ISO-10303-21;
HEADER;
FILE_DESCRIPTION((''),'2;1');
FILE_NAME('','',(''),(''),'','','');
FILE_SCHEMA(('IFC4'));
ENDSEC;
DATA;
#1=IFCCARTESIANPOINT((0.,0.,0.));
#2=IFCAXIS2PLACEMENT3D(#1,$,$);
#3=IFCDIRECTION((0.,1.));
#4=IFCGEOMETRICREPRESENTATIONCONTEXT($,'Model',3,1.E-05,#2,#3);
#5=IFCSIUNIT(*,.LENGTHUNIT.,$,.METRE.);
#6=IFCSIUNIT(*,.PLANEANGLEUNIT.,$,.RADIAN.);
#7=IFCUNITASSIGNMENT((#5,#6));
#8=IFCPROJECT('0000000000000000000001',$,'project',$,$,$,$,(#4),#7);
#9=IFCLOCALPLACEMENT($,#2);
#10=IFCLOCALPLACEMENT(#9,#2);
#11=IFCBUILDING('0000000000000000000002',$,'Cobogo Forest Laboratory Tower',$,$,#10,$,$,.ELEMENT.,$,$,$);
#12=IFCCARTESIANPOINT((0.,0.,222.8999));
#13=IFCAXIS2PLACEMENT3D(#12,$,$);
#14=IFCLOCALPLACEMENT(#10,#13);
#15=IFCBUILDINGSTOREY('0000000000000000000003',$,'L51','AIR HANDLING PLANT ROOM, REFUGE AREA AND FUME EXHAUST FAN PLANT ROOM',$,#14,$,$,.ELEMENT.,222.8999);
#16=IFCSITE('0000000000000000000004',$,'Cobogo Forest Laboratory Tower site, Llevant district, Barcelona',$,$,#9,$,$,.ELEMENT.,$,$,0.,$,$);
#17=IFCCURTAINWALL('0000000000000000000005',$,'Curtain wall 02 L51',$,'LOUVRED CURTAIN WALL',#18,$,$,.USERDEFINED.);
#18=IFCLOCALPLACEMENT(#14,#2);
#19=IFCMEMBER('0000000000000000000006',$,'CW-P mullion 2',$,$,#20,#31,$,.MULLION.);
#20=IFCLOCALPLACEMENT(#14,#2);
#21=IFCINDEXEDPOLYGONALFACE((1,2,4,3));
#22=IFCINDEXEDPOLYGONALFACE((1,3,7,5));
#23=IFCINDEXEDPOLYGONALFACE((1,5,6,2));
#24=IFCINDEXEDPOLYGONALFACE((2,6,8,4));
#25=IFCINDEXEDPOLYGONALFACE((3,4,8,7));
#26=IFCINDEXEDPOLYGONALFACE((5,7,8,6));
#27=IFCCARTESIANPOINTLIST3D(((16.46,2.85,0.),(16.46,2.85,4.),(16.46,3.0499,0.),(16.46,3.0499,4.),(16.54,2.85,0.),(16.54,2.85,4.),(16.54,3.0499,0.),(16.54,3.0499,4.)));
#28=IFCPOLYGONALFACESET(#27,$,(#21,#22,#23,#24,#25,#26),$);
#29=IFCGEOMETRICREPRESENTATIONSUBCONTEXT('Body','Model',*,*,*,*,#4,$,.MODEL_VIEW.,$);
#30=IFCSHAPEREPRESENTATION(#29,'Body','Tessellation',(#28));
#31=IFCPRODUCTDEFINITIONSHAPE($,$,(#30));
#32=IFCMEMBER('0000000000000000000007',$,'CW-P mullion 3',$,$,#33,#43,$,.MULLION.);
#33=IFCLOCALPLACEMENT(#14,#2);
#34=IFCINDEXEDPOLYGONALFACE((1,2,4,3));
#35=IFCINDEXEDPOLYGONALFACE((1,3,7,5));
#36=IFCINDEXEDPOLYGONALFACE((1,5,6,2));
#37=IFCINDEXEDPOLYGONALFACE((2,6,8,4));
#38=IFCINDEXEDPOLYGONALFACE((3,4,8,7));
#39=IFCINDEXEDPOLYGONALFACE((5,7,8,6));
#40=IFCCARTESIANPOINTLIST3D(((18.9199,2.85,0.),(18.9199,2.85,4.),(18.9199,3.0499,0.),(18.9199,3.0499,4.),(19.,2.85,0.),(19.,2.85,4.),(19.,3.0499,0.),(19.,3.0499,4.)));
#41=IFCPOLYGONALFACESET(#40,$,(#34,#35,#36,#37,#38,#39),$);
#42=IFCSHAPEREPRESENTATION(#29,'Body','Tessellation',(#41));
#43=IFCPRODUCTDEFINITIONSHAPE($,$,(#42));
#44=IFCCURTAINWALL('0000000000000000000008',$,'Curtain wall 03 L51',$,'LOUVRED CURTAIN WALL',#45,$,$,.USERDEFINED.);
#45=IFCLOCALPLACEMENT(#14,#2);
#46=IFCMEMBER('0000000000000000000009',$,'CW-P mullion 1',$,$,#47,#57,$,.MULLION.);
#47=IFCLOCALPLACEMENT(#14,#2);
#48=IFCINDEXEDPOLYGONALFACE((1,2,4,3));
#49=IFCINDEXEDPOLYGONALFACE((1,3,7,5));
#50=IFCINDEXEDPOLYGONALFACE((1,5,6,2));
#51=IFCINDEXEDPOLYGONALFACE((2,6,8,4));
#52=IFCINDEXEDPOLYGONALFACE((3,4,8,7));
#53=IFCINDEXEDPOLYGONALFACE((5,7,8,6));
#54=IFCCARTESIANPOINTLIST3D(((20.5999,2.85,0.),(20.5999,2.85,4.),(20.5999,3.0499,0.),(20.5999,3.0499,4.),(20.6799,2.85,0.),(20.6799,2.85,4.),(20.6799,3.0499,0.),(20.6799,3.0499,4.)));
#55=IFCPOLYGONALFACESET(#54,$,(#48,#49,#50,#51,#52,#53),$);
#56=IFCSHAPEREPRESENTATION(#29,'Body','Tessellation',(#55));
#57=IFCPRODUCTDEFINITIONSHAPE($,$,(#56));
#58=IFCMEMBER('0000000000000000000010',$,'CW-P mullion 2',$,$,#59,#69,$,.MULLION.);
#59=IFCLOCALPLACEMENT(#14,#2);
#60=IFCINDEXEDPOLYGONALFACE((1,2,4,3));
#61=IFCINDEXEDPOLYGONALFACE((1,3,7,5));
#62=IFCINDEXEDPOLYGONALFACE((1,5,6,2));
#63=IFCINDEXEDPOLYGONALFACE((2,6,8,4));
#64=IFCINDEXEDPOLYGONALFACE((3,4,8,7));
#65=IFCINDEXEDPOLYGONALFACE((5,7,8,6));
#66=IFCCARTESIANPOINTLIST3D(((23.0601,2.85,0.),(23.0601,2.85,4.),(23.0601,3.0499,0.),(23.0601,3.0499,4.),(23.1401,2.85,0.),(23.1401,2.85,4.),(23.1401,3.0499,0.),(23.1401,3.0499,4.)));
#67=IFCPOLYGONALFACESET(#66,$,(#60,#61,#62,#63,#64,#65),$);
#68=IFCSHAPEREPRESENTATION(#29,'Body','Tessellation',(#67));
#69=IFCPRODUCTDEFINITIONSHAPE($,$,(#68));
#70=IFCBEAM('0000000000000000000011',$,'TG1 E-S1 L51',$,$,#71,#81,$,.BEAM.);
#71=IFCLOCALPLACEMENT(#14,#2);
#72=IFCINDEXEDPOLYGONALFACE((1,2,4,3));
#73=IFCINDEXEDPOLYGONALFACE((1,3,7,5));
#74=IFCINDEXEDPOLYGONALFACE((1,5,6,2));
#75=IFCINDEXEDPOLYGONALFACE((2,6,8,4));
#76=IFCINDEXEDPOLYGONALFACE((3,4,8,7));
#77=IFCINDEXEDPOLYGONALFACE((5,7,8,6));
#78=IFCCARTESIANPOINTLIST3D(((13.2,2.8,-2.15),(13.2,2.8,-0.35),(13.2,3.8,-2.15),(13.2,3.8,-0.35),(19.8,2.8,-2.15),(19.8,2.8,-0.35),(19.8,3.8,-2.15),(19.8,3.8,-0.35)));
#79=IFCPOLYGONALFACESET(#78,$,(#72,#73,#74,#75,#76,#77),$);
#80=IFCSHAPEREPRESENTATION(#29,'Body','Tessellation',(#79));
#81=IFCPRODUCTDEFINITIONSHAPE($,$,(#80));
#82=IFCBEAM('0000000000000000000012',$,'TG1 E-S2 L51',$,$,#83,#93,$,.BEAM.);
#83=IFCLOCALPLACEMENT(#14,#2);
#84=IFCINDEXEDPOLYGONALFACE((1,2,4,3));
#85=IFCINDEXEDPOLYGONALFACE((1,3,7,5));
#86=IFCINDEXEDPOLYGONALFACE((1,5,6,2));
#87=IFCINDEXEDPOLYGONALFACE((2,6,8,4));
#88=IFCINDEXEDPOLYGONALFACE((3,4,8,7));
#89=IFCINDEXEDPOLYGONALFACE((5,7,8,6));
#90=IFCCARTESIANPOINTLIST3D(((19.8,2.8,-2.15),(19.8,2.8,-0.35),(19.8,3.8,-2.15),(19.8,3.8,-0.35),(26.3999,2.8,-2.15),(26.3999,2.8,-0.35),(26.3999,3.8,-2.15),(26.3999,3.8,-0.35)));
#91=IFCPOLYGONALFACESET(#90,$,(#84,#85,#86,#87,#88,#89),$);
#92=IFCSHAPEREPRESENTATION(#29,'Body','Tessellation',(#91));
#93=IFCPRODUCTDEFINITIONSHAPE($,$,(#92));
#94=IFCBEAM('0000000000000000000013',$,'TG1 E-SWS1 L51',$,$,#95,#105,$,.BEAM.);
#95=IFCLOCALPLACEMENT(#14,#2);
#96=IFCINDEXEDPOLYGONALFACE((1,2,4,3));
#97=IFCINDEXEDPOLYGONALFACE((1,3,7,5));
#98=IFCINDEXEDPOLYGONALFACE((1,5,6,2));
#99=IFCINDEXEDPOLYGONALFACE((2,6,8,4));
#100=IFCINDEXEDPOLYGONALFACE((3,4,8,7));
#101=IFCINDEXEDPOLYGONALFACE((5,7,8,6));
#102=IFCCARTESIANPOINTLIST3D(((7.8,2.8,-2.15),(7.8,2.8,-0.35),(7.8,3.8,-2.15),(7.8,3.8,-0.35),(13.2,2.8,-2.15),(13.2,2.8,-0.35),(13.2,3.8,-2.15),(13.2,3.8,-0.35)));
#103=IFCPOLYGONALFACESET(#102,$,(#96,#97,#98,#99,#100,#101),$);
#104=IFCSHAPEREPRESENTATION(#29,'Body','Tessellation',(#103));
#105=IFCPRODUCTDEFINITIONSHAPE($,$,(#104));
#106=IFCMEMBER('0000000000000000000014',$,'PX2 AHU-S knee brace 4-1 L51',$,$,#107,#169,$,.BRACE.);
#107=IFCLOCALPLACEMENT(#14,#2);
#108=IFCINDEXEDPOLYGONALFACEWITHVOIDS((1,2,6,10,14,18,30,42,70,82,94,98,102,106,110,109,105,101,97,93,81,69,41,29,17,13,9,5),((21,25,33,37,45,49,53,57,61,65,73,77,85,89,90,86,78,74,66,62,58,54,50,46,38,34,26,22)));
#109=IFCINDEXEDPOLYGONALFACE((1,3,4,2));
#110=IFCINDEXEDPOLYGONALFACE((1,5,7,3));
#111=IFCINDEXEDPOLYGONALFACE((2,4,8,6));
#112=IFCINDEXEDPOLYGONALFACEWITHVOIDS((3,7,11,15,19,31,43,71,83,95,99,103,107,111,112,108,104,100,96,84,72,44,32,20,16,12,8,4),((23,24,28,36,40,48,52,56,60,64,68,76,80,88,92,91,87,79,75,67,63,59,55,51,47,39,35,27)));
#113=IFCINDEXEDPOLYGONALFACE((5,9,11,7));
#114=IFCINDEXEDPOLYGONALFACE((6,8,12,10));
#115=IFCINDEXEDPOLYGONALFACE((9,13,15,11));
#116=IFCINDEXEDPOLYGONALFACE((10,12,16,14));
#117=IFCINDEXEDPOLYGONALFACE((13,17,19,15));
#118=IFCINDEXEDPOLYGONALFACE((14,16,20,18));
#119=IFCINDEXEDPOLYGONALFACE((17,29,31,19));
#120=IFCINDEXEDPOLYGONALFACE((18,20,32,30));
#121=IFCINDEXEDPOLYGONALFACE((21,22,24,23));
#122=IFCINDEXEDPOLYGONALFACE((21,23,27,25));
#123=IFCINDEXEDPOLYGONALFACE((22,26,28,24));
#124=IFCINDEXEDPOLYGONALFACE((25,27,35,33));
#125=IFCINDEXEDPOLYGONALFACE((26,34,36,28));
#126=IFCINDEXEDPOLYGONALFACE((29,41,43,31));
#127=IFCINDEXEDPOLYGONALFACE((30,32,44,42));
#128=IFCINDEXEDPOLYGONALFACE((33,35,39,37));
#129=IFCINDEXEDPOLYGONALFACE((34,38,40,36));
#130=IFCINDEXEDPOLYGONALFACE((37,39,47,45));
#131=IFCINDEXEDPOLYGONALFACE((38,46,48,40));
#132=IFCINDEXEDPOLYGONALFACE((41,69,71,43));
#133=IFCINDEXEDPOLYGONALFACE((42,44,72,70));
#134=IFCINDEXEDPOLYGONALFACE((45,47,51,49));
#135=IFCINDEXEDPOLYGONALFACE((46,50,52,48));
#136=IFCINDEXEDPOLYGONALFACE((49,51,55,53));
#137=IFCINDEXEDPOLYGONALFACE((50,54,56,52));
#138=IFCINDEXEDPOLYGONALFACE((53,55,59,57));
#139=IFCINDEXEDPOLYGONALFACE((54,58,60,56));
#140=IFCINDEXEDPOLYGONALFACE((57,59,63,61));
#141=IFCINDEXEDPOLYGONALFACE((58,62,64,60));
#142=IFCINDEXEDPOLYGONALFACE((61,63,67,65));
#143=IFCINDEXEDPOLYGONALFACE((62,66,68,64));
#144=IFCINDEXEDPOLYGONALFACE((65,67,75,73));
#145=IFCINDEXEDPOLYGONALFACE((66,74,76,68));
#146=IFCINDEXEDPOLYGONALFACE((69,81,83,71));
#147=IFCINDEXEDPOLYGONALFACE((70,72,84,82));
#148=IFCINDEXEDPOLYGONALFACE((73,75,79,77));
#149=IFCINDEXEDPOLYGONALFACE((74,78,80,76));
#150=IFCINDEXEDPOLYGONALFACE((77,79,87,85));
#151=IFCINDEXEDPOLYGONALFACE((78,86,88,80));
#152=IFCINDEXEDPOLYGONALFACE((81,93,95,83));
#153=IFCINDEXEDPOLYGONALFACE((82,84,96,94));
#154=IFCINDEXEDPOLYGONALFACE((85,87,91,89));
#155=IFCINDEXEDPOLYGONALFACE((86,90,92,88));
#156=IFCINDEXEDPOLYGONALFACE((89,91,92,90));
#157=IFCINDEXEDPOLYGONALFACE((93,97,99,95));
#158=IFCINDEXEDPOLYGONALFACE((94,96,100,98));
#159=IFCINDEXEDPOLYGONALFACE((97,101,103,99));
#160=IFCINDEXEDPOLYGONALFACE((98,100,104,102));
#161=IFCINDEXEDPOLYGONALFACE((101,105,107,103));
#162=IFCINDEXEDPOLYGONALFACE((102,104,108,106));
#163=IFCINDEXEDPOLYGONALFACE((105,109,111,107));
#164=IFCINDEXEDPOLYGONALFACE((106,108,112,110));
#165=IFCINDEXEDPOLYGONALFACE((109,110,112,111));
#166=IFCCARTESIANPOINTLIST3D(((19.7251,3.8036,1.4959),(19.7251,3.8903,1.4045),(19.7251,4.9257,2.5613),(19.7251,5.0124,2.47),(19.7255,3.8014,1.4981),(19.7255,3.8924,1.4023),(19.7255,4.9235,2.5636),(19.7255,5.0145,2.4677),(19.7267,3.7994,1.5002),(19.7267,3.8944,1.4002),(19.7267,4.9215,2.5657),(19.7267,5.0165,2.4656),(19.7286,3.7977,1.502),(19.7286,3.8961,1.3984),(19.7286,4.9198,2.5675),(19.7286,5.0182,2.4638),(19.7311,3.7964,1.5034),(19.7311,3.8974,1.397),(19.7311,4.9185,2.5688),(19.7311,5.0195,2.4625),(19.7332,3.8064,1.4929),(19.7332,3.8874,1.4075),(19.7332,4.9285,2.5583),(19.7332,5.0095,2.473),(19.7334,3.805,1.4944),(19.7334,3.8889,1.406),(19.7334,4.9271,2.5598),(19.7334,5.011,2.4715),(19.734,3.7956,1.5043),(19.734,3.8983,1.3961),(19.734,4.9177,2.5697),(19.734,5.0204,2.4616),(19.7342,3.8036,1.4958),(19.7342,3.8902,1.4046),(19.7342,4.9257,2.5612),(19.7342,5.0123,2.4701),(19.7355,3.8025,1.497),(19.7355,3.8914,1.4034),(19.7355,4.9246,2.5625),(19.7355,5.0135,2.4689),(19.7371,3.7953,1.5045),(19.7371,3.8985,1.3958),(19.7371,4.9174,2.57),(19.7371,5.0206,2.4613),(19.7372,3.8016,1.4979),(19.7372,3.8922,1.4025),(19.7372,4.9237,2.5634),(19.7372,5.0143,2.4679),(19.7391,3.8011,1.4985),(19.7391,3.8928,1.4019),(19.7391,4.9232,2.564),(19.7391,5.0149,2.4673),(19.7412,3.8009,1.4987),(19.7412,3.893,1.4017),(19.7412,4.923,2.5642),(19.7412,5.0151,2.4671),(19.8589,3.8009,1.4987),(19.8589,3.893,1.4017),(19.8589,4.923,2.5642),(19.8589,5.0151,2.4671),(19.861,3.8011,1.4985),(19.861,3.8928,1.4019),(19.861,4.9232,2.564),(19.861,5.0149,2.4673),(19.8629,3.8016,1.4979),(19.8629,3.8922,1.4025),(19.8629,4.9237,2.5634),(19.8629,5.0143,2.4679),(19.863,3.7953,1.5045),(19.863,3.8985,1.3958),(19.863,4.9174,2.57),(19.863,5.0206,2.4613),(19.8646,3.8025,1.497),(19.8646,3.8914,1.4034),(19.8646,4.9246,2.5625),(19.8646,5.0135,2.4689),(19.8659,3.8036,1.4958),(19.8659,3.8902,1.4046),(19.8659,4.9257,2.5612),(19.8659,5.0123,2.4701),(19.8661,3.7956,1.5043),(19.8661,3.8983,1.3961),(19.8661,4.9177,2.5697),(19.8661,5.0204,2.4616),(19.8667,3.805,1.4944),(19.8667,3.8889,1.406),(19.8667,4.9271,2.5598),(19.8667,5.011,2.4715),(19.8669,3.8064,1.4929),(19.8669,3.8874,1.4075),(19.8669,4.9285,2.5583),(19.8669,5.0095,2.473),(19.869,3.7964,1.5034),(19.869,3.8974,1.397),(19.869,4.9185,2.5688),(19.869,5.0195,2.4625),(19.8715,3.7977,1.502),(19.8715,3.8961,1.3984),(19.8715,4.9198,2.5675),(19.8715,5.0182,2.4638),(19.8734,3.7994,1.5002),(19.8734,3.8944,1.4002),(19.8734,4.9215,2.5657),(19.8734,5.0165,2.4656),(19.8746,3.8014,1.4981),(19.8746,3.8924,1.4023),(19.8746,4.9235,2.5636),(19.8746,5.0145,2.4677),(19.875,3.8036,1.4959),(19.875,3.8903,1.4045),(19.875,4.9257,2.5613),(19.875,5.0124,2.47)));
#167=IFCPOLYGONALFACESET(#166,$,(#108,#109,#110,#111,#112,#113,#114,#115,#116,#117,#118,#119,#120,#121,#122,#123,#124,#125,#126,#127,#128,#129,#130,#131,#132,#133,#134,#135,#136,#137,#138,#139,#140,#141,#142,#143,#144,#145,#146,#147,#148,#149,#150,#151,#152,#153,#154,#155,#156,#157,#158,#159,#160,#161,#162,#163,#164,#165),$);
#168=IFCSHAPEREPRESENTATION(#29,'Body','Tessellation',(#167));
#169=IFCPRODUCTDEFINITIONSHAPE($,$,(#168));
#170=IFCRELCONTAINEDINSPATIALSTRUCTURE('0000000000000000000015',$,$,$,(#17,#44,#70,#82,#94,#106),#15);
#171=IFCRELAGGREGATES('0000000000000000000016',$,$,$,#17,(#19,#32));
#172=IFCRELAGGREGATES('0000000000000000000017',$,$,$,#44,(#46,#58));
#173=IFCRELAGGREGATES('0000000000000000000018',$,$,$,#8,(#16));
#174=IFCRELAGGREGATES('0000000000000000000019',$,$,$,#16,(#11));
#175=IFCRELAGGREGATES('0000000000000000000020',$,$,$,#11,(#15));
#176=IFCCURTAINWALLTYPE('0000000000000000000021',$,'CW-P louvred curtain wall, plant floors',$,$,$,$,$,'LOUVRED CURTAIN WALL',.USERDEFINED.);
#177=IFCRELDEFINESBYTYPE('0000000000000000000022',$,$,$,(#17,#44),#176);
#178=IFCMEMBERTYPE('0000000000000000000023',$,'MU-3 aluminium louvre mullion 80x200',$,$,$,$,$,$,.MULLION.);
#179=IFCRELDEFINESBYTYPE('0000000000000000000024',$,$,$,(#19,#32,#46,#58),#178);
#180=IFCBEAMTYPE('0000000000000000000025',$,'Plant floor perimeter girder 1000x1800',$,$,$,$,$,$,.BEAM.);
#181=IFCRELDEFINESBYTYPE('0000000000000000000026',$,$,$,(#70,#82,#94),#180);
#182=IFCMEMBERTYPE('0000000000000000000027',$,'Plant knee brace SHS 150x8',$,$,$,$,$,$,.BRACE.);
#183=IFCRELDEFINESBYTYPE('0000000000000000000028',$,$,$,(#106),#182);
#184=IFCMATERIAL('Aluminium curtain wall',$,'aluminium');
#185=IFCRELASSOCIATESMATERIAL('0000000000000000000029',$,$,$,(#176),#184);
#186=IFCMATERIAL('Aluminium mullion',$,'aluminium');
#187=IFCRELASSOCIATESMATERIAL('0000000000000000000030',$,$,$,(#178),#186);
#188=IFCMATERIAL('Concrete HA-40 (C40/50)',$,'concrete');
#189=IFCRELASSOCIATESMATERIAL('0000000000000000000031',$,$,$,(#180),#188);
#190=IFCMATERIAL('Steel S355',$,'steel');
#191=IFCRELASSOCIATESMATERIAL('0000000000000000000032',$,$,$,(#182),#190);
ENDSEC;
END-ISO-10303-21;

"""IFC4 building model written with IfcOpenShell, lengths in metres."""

from ifc_helpers import new_model, si_unit, direction, frame, origin, origin_2d, place, context, subcontext, project, spatial, rectangle, hollow_rectangle, extrude, material, material_profile, profile_set, type_object, element, aggregate, save


model = new_model("IFC4")

# Units and contexts
model_context = context("Model", 3, precision=1e-05, world=origin(), true_north=direction((0.0, 1.0)))
body_context = subcontext(model_context, "Body", "Model", "MODEL_VIEW")
ifc_project = project(units=[si_unit("LENGTHUNIT", "METRE"), si_unit("PLANEANGLEUNIT", "RADIAN")], contexts=[model_context])

# Site, building, storey
site_placement = place(None, origin())
site = spatial("IfcSite", under=ifc_project, at=site_placement, Name="Cobogo Forest Laboratory Tower site, Llevant district, Barcelona", CompositionType="ELEMENT", RefElevation=0.0)
building_placement = place(site_placement, origin())
building = spatial("IfcBuilding", under=site, at=building_placement, Name="Cobogo Forest Laboratory Tower", CompositionType="ELEMENT")
storey_placement = place(building_placement, frame((0.0, 0.0, 222.8999)))
storey = spatial("IfcBuildingStorey", under=building, at=storey_placement, Name="L51", Description="AIR HANDLING PLANT ROOM, REFUGE AREA AND FUME EXHAUST FAN PLANT ROOM", CompositionType="ELEMENT", Elevation=222.8999)

# Shared definitions
ifc_material_1 = material(Name="Aluminium curtain wall", Category="aluminium")
curtain_wall_type = type_object("IfcCurtainWallType", Name="CW-P louvred curtain wall, plant floors", ElementType="LOUVRED CURTAIN WALL", PredefinedType="USERDEFINED", material=ifc_material_1)
ifc_material_2 = material(Name="Aluminium mullion", Category="aluminium")
ifc_material_profile_1 = material_profile(ifc_material_2, rectangle(XDim=0.0801, YDim=0.2, at=origin_2d()), Name="AL 80x200")
ifc_profile_set_1 = profile_set([ifc_material_profile_1], Name="Aluminium mullion")
member_type_1 = type_object("IfcMemberType", Name="MU-3 aluminium louvre mullion 80x200", PredefinedType="MULLION", material=ifc_profile_set_1)

# Curtain walls, members
curtain_wall_1_placement = place(storey_placement, origin())
curtain_wall_1 = element("IfcCurtainWall", 1, at=curtain_wall_1_placement, inside=storey, type_object=curtain_wall_type, Name="Curtain wall 02 L51", ObjectType="LOUVRED CURTAIN WALL", PredefinedType="USERDEFINED")
member_1_placement = place(storey_placement, frame((16.5, 2.95, 0.0), z_axis=(0.0, 0.0, 1.0), x_axis=(1.0, 0.0, 0.0)))
member_1 = element("IfcMember", 2, at=member_1_placement, type_object=member_type_1, Name="CW-P mullion 2", PredefinedType="MULLION", context=body_context, shape_type="SweptSolid", body=[
    extrude(rectangle(XDim=0.0801, YDim=0.2, at=origin_2d()), origin(), (0.0, 0.0, 1.0), 4.0),
])
member_2_placement = place(storey_placement, frame((18.96, 2.95, 0.0), z_axis=(0.0, 0.0, 1.0), x_axis=(1.0, 0.0, 0.0)))
member_2 = element("IfcMember", 3, at=member_2_placement, type_object=member_type_1, Name="CW-P mullion 3", PredefinedType="MULLION", context=body_context, shape_type="SweptSolid", body=[
    extrude(rectangle(XDim=0.0801, YDim=0.2, at=origin_2d()), origin(), (0.0, 0.0, 1.0), 4.0),
])
curtain_wall_2_placement = place(storey_placement, origin())
curtain_wall_2 = element("IfcCurtainWall", 4, at=curtain_wall_2_placement, inside=storey, type_object=curtain_wall_type, Name="Curtain wall 03 L51", ObjectType="LOUVRED CURTAIN WALL", PredefinedType="USERDEFINED")
member_3_placement = place(storey_placement, frame((20.6399, 2.95, 0.0), z_axis=(0.0, 0.0, 1.0), x_axis=(1.0, 0.0, 0.0)))
member_3 = element("IfcMember", 5, at=member_3_placement, type_object=member_type_1, Name="CW-P mullion 1", PredefinedType="MULLION", context=body_context, shape_type="SweptSolid", body=[
    extrude(rectangle(XDim=0.0801, YDim=0.2, at=origin_2d()), origin(), (0.0, 0.0, 1.0), 4.0),
])
member_4_placement = place(storey_placement, frame((23.1001, 2.95, 0.0), z_axis=(0.0, 0.0, 1.0), x_axis=(1.0, 0.0, 0.0)))
member_4 = element("IfcMember", 6, at=member_4_placement, type_object=member_type_1, Name="CW-P mullion 2", PredefinedType="MULLION", context=body_context, shape_type="SweptSolid", body=[
    extrude(rectangle(XDim=0.0801, YDim=0.2, at=origin_2d()), origin(), (0.0, 0.0, 1.0), 4.0),
])

# Beams
ifc_material_3 = material(Name="Concrete HA-40 (C40/50)", Category="concrete")
ifc_material_profile_2 = material_profile(ifc_material_3, rectangle(XDim=1.0, YDim=1.8, at=origin_2d()), Name="RC 1000x1800")
ifc_profile_set_2 = profile_set([ifc_material_profile_2], Name="Concrete HA-40 (C40/50)")
beam_type_1 = type_object("IfcBeamType", Name="Plant floor perimeter girder 1000x1800", PredefinedType="BEAM", material=ifc_profile_set_2)
beam_1_placement = place(storey_placement, frame((13.2, 3.3, -1.25), z_axis=(1.0, 0.0, 0.0), x_axis=(0.0, 1.0, 0.0)))
element("IfcBeam", 7, at=beam_1_placement, inside=storey, type_object=beam_type_1, Name="TG1 E-S1 L51", PredefinedType="BEAM", context=body_context, shape_type="SweptSolid", body=[
    extrude(rectangle(XDim=1.0, YDim=1.8, at=origin_2d()), origin(), (0.0, 0.0, 1.0), 6.6001),
])
beam_2_placement = place(storey_placement, frame((19.8, 3.3, -1.25), z_axis=(1.0, 0.0, 0.0), x_axis=(0.0, 1.0, 0.0)))
element("IfcBeam", 8, at=beam_2_placement, inside=storey, type_object=beam_type_1, Name="TG1 E-S2 L51", PredefinedType="BEAM", context=body_context, shape_type="SweptSolid", body=[
    extrude(rectangle(XDim=1.0, YDim=1.8, at=origin_2d()), origin(), (0.0, 0.0, 1.0), 6.5999),
])
beam_3_placement = place(storey_placement, frame((13.2, 3.3, -1.25), z_axis=(-1.0, 0.0, 0.0), x_axis=(0.0, -1.0, 0.0)))
element("IfcBeam", 9, at=beam_3_placement, inside=storey, type_object=beam_type_1, Name="TG1 E-SWS1 L51", PredefinedType="BEAM", context=body_context, shape_type="SweptSolid", body=[
    extrude(rectangle(XDim=1.0, YDim=1.8, at=origin_2d()), origin(), (0.0, 0.0, 1.0), 5.3999),
])

# Member
ifc_material_4 = material(Name="Steel S355", Category="steel")
ifc_material_profile_3 = material_profile(ifc_material_4, hollow_rectangle(XDim=0.1499, YDim=0.1499, WallThickness=0.0081, InnerFilletRadius=0.0081, OuterFilletRadius=0.012, at=origin_2d()), Name="SHS 150x8")
ifc_profile_set_3 = profile_set([ifc_material_profile_3], Name="Steel S355")
member_type_2 = type_object("IfcMemberType", Name="Plant knee brace SHS 150x8", PredefinedType="BRACE", material=ifc_profile_set_3)
member_5_placement = place(storey_placement, frame((19.8, 3.8469, 1.4502), z_axis=(0.0, 0.725173, 0.688567), x_axis=(-1.0, 0.0, 0.0)))
element("IfcMember", 10, at=member_5_placement, inside=storey, type_object=member_type_2, Name="PX2 AHU-S knee brace 4-1 L51", PredefinedType="BRACE", context=body_context, shape_type="SweptSolid", body=[
    extrude(hollow_rectangle(XDim=0.1499, YDim=0.1499, WallThickness=0.0081, InnerFilletRadius=0.0081, OuterFilletRadius=0.012, at=origin_2d()), origin(), (0.0, 0.0, 1.0), 1.5474),
])

aggregate(curtain_wall_1, [member_1, member_2])
aggregate(curtain_wall_2, [member_3, member_4])

save(model, "model.ifc")
